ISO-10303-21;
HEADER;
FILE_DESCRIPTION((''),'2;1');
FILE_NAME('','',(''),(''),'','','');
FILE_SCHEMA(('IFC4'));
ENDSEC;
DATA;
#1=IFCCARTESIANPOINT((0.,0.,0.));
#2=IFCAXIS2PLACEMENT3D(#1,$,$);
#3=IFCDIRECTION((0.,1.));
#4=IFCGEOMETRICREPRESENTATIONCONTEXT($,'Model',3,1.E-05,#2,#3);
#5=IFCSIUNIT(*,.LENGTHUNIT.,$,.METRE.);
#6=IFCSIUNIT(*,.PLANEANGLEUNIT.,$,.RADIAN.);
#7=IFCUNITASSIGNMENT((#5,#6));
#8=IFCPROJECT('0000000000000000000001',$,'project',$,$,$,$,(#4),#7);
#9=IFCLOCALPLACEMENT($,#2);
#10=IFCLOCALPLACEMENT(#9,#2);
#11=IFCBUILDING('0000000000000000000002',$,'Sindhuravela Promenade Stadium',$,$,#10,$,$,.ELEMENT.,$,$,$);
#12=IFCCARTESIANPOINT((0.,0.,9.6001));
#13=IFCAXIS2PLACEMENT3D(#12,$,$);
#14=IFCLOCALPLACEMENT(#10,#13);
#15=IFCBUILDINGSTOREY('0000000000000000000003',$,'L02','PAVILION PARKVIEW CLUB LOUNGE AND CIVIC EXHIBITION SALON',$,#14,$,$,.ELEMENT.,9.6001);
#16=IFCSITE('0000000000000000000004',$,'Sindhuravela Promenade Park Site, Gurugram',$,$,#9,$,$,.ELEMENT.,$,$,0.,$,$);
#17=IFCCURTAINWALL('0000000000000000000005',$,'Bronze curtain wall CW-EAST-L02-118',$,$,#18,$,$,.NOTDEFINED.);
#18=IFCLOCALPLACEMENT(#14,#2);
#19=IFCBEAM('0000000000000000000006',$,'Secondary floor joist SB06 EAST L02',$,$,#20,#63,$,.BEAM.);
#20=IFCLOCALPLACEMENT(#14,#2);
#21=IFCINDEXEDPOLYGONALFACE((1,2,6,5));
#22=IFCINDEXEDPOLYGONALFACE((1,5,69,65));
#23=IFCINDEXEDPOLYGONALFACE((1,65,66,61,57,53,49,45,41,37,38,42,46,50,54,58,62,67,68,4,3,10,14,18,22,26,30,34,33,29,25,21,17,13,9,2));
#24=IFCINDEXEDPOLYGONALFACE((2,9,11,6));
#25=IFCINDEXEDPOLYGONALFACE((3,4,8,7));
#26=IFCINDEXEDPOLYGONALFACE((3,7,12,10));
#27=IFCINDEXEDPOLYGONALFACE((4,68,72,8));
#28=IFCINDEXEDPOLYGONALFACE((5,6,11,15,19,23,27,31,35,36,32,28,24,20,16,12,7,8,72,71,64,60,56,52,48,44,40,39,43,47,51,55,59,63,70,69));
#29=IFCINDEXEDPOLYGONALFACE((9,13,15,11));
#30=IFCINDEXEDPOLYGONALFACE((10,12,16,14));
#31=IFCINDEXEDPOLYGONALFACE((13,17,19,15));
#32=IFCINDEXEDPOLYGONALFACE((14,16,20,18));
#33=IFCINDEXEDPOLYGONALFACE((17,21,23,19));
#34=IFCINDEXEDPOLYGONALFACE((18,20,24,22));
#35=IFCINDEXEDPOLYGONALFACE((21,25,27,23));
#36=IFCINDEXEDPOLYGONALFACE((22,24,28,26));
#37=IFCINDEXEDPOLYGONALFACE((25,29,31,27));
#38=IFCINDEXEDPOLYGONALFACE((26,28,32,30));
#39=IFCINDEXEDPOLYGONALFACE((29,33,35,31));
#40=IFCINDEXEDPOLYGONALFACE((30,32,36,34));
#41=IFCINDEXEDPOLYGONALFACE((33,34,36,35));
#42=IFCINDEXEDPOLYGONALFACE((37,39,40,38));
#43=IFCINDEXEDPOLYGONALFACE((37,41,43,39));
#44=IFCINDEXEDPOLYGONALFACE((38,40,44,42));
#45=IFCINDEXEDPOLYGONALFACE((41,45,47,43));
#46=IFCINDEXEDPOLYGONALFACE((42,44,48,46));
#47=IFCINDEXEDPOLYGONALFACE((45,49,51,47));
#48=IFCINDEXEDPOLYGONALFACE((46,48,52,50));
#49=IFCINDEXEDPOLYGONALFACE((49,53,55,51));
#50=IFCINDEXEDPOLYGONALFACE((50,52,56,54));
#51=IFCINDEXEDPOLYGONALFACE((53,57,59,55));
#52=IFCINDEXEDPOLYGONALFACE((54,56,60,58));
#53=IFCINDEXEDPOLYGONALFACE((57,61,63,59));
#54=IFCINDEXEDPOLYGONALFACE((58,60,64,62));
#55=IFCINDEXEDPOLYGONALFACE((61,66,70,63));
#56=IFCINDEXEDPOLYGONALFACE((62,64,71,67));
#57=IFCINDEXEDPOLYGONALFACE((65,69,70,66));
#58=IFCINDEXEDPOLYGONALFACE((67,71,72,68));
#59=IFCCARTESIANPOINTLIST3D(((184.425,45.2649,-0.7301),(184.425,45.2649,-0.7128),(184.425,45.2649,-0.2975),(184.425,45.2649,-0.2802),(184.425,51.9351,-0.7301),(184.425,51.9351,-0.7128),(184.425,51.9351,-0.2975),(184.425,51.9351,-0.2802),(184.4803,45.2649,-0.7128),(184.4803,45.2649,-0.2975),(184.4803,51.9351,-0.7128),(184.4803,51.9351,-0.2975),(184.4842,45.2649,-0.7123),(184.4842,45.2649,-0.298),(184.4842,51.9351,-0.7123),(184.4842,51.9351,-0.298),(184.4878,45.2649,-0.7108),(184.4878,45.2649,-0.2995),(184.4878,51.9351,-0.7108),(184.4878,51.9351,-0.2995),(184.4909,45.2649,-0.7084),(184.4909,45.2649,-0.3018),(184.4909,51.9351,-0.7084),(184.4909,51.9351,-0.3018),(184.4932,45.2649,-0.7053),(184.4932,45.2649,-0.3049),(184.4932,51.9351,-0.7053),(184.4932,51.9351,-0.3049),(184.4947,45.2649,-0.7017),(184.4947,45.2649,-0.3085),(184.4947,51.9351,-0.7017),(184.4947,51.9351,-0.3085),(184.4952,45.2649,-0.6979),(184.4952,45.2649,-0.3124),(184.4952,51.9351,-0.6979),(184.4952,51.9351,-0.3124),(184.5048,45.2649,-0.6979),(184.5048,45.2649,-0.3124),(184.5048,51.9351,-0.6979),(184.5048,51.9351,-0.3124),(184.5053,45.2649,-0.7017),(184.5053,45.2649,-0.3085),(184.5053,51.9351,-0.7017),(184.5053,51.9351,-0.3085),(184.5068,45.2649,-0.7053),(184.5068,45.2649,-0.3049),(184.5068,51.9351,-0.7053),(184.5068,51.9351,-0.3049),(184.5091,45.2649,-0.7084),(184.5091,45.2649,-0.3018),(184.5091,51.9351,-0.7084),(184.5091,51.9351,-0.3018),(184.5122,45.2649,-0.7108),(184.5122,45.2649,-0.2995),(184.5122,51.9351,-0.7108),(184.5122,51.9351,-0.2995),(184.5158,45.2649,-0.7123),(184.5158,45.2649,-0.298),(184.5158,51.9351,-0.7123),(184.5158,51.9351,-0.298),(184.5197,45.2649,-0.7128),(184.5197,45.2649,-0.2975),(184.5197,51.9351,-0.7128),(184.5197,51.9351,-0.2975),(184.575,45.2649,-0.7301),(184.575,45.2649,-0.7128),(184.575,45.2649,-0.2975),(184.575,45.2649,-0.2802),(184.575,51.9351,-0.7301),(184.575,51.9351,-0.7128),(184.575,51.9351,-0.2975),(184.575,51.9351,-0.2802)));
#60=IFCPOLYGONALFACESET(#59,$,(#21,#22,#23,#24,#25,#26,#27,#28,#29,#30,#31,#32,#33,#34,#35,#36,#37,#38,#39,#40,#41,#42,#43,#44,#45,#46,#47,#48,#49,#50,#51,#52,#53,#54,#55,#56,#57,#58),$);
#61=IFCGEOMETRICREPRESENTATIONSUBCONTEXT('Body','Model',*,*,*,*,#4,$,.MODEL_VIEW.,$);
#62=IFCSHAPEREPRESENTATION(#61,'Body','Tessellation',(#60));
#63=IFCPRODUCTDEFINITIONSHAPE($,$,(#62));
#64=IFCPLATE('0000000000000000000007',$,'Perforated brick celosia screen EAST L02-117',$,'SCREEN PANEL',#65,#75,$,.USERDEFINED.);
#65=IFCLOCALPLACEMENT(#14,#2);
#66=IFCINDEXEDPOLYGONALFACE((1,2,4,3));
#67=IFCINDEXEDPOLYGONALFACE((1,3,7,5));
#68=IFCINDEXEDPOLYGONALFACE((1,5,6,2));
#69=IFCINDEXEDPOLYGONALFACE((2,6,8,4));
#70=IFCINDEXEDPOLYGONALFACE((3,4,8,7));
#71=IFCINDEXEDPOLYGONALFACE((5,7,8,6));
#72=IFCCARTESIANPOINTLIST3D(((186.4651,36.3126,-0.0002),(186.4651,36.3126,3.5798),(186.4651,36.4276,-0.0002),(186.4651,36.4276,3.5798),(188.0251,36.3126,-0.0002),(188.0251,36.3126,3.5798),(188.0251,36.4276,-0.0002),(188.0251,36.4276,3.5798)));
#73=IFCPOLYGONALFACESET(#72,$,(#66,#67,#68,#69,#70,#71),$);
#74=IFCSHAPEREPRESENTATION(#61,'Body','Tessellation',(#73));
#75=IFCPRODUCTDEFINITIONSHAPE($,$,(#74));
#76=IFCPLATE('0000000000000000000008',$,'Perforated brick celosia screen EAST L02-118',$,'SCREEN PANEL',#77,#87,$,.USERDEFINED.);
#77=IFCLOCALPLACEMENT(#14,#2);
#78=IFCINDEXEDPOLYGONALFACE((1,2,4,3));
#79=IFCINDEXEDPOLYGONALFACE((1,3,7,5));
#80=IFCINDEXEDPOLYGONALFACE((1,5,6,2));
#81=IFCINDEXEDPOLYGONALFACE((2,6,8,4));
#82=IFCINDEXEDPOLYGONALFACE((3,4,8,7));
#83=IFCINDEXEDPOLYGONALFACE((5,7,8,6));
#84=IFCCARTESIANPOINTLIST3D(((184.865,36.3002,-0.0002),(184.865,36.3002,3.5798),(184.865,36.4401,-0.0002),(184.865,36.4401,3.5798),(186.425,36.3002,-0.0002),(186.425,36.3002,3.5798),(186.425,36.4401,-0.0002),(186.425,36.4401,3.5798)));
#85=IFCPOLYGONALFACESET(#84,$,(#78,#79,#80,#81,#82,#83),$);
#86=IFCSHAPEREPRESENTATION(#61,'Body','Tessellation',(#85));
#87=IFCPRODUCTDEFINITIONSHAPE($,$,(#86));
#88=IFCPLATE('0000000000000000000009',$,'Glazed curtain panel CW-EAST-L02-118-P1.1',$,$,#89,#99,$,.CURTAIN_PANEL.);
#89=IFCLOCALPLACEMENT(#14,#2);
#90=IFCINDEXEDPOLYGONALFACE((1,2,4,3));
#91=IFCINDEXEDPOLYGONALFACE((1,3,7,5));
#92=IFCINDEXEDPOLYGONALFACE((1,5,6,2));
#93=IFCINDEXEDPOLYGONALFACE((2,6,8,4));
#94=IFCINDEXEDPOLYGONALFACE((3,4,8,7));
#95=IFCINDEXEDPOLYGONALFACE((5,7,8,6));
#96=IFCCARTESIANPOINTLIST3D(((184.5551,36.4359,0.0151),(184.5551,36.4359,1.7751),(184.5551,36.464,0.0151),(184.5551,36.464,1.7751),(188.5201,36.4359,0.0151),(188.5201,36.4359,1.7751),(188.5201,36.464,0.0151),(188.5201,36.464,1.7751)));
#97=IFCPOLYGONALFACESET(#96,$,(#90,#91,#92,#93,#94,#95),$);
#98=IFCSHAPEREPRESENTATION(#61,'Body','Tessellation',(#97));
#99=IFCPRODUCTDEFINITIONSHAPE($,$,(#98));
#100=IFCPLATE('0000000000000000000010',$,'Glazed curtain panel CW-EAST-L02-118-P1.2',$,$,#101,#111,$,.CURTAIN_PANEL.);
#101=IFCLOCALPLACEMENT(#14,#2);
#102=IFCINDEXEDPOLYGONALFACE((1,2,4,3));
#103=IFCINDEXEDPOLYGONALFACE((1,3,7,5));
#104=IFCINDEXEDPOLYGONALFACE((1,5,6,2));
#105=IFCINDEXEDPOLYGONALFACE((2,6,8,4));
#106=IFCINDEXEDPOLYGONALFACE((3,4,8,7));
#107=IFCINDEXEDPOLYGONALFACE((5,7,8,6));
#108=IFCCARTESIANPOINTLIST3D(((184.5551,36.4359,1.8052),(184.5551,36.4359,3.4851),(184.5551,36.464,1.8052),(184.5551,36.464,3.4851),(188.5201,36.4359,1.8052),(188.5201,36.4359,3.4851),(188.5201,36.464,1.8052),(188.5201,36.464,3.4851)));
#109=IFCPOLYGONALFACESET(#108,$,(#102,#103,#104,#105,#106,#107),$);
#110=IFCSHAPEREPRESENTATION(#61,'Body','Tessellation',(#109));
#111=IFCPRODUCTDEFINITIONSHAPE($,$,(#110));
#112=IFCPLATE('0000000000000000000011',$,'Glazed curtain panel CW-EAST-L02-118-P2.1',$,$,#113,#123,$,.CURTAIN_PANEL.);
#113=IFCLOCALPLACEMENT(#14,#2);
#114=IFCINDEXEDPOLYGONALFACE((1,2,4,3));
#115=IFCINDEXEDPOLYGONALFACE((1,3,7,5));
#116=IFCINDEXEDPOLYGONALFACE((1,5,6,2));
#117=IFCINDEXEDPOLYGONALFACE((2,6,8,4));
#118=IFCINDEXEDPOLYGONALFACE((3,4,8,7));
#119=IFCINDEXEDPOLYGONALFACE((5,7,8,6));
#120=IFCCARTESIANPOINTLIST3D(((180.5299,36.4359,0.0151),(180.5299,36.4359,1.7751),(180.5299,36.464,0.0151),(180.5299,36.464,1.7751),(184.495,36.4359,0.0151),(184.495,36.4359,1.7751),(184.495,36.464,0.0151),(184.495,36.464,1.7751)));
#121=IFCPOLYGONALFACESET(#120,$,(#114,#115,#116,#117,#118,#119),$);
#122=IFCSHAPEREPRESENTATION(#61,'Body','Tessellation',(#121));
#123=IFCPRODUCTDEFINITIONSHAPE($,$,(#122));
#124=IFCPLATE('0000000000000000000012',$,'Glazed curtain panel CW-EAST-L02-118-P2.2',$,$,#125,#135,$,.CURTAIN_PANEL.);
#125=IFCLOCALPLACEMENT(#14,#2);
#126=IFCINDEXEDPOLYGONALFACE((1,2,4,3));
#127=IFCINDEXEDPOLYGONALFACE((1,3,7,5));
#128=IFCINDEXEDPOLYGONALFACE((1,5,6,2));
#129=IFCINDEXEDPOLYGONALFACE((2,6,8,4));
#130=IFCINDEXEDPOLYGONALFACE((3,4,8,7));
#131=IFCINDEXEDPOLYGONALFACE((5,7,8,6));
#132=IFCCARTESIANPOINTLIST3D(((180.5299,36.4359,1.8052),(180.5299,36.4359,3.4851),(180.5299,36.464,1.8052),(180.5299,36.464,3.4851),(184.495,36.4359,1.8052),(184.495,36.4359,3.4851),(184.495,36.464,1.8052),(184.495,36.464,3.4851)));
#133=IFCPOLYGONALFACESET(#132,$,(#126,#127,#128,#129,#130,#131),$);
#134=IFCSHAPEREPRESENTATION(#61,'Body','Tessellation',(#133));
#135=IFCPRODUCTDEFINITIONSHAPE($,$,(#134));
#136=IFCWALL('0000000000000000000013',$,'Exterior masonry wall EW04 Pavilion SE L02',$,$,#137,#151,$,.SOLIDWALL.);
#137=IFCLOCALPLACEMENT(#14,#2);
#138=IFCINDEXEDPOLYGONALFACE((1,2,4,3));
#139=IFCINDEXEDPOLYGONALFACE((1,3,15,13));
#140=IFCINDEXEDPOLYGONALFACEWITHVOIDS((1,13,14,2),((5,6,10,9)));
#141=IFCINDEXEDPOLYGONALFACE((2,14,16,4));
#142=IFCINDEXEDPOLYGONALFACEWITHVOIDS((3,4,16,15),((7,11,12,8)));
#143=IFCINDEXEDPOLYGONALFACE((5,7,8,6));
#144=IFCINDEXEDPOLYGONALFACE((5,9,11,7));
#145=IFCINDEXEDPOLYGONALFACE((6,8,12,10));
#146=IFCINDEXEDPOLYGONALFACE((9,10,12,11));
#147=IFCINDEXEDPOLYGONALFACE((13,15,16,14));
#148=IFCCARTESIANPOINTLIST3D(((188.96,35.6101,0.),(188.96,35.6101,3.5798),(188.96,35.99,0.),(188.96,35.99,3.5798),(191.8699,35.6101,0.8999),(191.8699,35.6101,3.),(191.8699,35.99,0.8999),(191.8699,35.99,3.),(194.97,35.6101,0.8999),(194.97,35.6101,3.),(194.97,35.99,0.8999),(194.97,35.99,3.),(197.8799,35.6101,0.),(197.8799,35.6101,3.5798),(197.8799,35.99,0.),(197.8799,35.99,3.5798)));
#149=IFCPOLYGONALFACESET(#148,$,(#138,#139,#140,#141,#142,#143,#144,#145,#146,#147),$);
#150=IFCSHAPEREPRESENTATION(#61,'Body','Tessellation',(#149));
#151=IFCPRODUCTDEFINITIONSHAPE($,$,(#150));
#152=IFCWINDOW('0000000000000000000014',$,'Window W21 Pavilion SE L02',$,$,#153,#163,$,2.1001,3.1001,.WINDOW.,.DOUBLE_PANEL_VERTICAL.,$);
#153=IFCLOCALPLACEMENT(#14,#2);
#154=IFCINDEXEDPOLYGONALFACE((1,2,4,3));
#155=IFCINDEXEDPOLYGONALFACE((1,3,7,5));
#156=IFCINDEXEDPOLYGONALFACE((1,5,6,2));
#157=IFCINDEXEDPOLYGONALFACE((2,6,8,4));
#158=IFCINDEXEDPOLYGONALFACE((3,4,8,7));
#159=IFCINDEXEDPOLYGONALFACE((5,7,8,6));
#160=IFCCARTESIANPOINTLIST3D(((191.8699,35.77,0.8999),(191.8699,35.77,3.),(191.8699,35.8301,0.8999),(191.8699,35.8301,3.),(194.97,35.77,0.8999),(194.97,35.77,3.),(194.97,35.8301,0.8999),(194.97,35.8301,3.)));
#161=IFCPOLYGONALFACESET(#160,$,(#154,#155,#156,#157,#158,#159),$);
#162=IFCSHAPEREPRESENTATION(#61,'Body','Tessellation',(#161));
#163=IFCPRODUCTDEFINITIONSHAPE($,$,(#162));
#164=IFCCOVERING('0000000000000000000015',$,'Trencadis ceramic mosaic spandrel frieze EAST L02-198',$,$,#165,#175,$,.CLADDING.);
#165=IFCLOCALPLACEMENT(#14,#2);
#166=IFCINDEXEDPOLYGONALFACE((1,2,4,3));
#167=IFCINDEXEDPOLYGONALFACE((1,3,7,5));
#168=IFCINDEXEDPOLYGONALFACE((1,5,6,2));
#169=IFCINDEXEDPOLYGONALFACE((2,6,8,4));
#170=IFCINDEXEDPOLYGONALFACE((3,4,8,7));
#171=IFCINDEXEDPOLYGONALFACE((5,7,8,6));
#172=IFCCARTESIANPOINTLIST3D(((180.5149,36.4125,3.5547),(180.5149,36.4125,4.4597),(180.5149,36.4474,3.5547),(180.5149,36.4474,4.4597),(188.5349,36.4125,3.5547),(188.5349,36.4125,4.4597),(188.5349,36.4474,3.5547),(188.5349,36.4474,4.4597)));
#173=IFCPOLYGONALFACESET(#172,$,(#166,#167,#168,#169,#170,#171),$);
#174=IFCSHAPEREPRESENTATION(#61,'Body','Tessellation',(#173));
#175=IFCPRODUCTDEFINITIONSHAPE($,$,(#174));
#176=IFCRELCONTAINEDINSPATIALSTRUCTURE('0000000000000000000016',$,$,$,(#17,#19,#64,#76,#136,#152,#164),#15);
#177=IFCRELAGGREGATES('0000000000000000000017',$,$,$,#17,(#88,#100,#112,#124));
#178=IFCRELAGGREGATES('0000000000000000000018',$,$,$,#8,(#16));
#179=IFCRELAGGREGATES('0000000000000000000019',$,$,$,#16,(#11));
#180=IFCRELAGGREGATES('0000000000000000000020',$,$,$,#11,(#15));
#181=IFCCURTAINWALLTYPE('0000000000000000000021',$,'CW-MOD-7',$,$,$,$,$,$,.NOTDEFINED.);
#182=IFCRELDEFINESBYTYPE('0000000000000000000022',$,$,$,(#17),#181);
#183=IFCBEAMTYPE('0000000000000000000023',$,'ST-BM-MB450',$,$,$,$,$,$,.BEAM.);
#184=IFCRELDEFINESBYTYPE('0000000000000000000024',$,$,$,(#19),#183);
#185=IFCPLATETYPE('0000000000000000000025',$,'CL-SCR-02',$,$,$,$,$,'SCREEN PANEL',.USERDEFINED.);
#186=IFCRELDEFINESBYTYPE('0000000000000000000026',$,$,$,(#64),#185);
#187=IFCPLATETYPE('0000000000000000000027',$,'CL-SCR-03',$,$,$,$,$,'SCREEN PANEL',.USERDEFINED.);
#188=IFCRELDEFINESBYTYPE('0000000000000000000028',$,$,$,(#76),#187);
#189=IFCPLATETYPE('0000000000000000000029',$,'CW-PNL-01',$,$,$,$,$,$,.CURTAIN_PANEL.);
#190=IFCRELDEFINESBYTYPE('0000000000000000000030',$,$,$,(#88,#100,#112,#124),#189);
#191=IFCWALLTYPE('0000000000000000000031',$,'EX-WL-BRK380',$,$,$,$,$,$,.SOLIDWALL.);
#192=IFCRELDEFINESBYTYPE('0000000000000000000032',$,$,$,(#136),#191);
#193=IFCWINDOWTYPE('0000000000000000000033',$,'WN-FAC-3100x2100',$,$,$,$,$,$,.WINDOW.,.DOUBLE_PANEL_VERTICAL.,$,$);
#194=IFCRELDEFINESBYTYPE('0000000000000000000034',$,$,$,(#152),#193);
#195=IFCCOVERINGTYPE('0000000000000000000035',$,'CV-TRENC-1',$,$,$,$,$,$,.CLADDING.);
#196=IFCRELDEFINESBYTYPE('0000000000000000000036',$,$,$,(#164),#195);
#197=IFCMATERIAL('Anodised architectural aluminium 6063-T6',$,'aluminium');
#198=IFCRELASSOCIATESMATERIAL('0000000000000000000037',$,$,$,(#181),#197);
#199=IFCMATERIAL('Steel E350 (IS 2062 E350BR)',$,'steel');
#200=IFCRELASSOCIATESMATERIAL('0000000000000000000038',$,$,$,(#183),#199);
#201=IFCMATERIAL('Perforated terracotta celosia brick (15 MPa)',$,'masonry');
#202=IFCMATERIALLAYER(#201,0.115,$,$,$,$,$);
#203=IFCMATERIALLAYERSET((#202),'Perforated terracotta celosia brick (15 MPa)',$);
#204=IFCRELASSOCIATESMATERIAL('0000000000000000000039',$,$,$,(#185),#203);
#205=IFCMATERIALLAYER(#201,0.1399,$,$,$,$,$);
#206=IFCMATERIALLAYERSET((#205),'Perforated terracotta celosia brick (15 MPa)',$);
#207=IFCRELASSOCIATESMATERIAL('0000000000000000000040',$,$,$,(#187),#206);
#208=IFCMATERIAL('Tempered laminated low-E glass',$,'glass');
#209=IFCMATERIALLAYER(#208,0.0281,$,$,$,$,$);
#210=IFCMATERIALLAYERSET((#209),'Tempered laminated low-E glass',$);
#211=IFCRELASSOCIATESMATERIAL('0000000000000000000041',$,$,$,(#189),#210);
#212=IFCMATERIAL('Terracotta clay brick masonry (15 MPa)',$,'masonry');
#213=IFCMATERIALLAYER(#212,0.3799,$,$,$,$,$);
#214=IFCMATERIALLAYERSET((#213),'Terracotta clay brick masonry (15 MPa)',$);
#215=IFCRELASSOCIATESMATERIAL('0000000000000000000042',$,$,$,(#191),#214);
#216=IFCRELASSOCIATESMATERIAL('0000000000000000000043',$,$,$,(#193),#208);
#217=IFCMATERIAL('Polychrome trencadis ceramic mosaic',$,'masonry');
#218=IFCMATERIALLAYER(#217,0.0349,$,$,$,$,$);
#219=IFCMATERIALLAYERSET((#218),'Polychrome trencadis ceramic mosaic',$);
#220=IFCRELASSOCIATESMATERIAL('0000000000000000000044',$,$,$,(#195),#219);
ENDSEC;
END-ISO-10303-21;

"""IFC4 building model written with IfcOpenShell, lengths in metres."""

from ifc_helpers import new_model, si_unit, direction, frame, frame_2d, origin, origin_2d, place, context, subcontext, project, spatial, rectangle, i_section, extrude, material, layer, layer_set, material_profile, profile_set, type_object, element, fill, aggregate, save


model = new_model("IFC4")

# Units and contexts
model_context = context("Model", 3, precision=1e-05, world=origin(), true_north=direction((0.0, 1.0)))
body_context = subcontext(model_context, "Body", "Model", "MODEL_VIEW")
ifc_project = project(units=[si_unit("LENGTHUNIT", "METRE"), si_unit("PLANEANGLEUNIT", "RADIAN")], contexts=[model_context])

# Site, building, storey
site_placement = place(None, origin())
site = spatial("IfcSite", under=ifc_project, at=site_placement, Name="Sindhuravela Promenade Park Site, Gurugram", CompositionType="ELEMENT", RefElevation=0.0)
building_placement = place(site_placement, origin())
building = spatial("IfcBuilding", under=site, at=building_placement, Name="Sindhuravela Promenade Stadium", CompositionType="ELEMENT")
storey_placement = place(building_placement, frame((0.0, 0.0, 9.6001)))
storey = spatial("IfcBuildingStorey", under=building, at=storey_placement, Name="L02", Description="PAVILION PARKVIEW CLUB LOUNGE AND CIVIC EXHIBITION SALON", CompositionType="ELEMENT", Elevation=9.6001)

# Curtain wall
ifc_material_1 = material(Name="Anodised architectural aluminium 6063-T6", Category="aluminium")
curtain_wall_type = type_object("IfcCurtainWallType", Name="CW-MOD-7", PredefinedType="NOTDEFINED", material=ifc_material_1)
curtain_wall_placement = place(storey_placement, origin())
curtain_wall = element("IfcCurtainWall", 1, at=curtain_wall_placement, inside=storey, type_object=curtain_wall_type, Name="Bronze curtain wall CW-EAST-L02-118", PredefinedType="NOTDEFINED")

# Beam
ifc_material_2 = material(Name="Steel E350 (IS 2062 E350BR)", Category="steel")
ifc_material_profile_1 = material_profile(ifc_material_2, i_section(OverallWidth=0.1499, OverallDepth=0.45, WebThickness=0.0095, FlangeThickness=0.0173, FilletRadius=0.0149, at=origin_2d()), Name="ISMB 450")
ifc_profile_set_1 = profile_set([ifc_material_profile_1], Name="Steel E350 (IS 2062 E350BR)")
beam_type_1 = type_object("IfcBeamType", Name="ST-BM-MB450", PredefinedType="BEAM", material=ifc_profile_set_1)
beam_1_placement = place(storey_placement, frame((184.5, 45.2649, -0.5051), z_axis=(0.0, 1.0, 0.0), x_axis=(-1.0, 0.0, 0.0)))
element("IfcBeam", 2, at=beam_1_placement, inside=storey, type_object=beam_type_1, Name="Secondary floor joist SB06 EAST L02", PredefinedType="BEAM", context=body_context, shape_type="SweptSolid", body=[
    extrude(i_section(OverallWidth=0.1499, OverallDepth=0.45, WebThickness=0.0095, FlangeThickness=0.0173, FilletRadius=0.0149, at=origin_2d()), origin(), (0.0, 0.0, 1.0), 6.6702),
])

# Plates
ifc_material_3 = material(Name="Perforated terracotta celosia brick (15 MPa)", Category="masonry")
ifc_layer_1 = layer(ifc_material_3, 0.115)
ifc_layer_set_1 = layer_set([ifc_layer_1], Name="Perforated terracotta celosia brick (15 MPa)")
plate_type_1 = type_object("IfcPlateType", Name="CL-SCR-02", ElementType="SCREEN PANEL", PredefinedType="USERDEFINED", material=ifc_layer_set_1)
plate_1_placement = place(storey_placement, frame((187.2451, 36.3701, -0.0002), z_axis=(0.0, 0.0, 1.0), x_axis=(-1.0, 0.0, 0.0)))
element("IfcPlate", 3, at=plate_1_placement, inside=storey, type_object=plate_type_1, Name="Perforated brick celosia screen EAST L02-117", ObjectType="SCREEN PANEL", PredefinedType="USERDEFINED", context=body_context, shape_type="SweptSolid", body=[
    extrude(rectangle(XDim=1.5601, YDim=0.115, at=origin_2d()), origin(), (0.0, 0.0, 1.0), 3.5801),
])
ifc_layer_2 = layer(ifc_material_3, 0.1399)
ifc_layer_set_2 = layer_set([ifc_layer_2], Name="Perforated terracotta celosia brick (15 MPa)")
plate_type_2 = type_object("IfcPlateType", Name="CL-SCR-03", ElementType="SCREEN PANEL", PredefinedType="USERDEFINED", material=ifc_layer_set_2)
plate_2_placement = place(storey_placement, frame((185.645, 36.3701, -0.0002), z_axis=(0.0, 0.0, 1.0), x_axis=(-1.0, 0.0, 0.0)))
element("IfcPlate", 4, at=plate_2_placement, inside=storey, type_object=plate_type_2, Name="Perforated brick celosia screen EAST L02-118", ObjectType="SCREEN PANEL", PredefinedType="USERDEFINED", context=body_context, shape_type="SweptSolid", body=[
    extrude(rectangle(XDim=1.5601, YDim=0.1399, at=origin_2d()), origin(), (0.0, 0.0, 1.0), 3.5801),
])

# Plates
ifc_material_4 = material(Name="Tempered laminated low-E glass", Category="glass")
ifc_layer_3 = layer(ifc_material_4, 0.0281)
ifc_layer_set_3 = layer_set([ifc_layer_3], Name="Tempered laminated low-E glass")
plate_type_3 = type_object("IfcPlateType", Name="CW-PNL-01", PredefinedType="CURTAIN_PANEL", material=ifc_layer_set_3)
plate_3_placement = place(storey_placement, frame((186.5376, 36.45, 0.0151), z_axis=(0.0, 0.0, 1.0), x_axis=(-1.0, 0.0, 0.0)))
plate_3 = element("IfcPlate", 5, at=plate_3_placement, type_object=plate_type_3, Name="Glazed curtain panel CW-EAST-L02-118-P1.1", PredefinedType="CURTAIN_PANEL", context=body_context, shape_type="SweptSolid", body=[
    extrude(rectangle(XDim=3.9651, YDim=0.0281, at=origin_2d()), origin(), (0.0, 0.0, 1.0), 1.76),
])
plate_4_placement = place(storey_placement, frame((186.5376, 36.45, 1.8052), z_axis=(0.0, 0.0, 1.0), x_axis=(-1.0, 0.0, 0.0)))
plate_4 = element("IfcPlate", 6, at=plate_4_placement, type_object=plate_type_3, Name="Glazed curtain panel CW-EAST-L02-118-P1.2", PredefinedType="CURTAIN_PANEL", context=body_context, shape_type="SweptSolid", body=[
    extrude(rectangle(XDim=3.9651, YDim=0.0281, at=origin_2d()), origin(), (0.0, 0.0, 1.0), 1.6799),
])
plate_5_placement = place(storey_placement, frame((182.5125, 36.45, 0.0151), z_axis=(0.0, 0.0, 1.0), x_axis=(-1.0, 0.0, 0.0)))
plate_5 = element("IfcPlate", 7, at=plate_5_placement, type_object=plate_type_3, Name="Glazed curtain panel CW-EAST-L02-118-P2.1", PredefinedType="CURTAIN_PANEL", context=body_context, shape_type="SweptSolid", body=[
    extrude(rectangle(XDim=3.9651, YDim=0.0281, at=origin_2d()), origin(), (0.0, 0.0, 1.0), 1.76),
])
plate_6_placement = place(storey_placement, frame((182.5125, 36.45, 1.8052), z_axis=(0.0, 0.0, 1.0), x_axis=(-1.0, 0.0, 0.0)))
plate_6 = element("IfcPlate", 8, at=plate_6_placement, type_object=plate_type_3, Name="Glazed curtain panel CW-EAST-L02-118-P2.2", PredefinedType="CURTAIN_PANEL", context=body_context, shape_type="SweptSolid", body=[
    extrude(rectangle(XDim=3.9651, YDim=0.0281, at=origin_2d()), origin(), (0.0, 0.0, 1.0), 1.6799),
])
aggregate(curtain_wall, [plate_3, plate_4, plate_5, plate_6])

# Wall, opening, window
ifc_material_5 = material(Name="Terracotta clay brick masonry (15 MPa)", Category="masonry")
ifc_layer_4 = layer(ifc_material_5, 0.3799)
ifc_layer_set_4 = layer_set([ifc_layer_4], Name="Terracotta clay brick masonry (15 MPa)")
wall_type = type_object("IfcWallType", Name="EX-WL-BRK380", PredefinedType="SOLIDWALL", material=ifc_layer_set_4)
wall_placement = place(storey_placement, frame((188.96, 35.8, 0.0), z_axis=(0.0, 0.0, 1.0), x_axis=(1.0, 0.0, 0.0)))
wall = element("IfcWall", 9, at=wall_placement, inside=storey, type_object=wall_type, Name="Exterior masonry wall EW04 Pavilion SE L02", PredefinedType="SOLIDWALL", context=body_context, shape_type="SweptSolid", body=[
    extrude(rectangle(XDim=8.9199, YDim=0.3799, at=frame_2d((4.46, 0.0))), origin(), (0.0, 0.0, 1.0), 3.5798),
])
opening_placement = place(wall_placement, frame((2.9099, 0.0, 0.8999)))
opening = element("IfcOpeningElement", 10, at=opening_placement, cuts=wall, PredefinedType="OPENING", context=body_context, shape_type="SweptSolid", body=[
    extrude(rectangle(XDim=3.1001, YDim=2.1001, at=frame_2d((1.55, 1.05))), frame((0.0, 0.2, 0.0), z_axis=(0.0, -1.0, 0.0), x_axis=(1.0, 0.0, 0.0)), (0.0, 0.0, 1.0), 0.3999),
])
window_type = type_object("IfcWindowType", Name="WN-FAC-3100x2100", PartitioningType="DOUBLE_PANEL_VERTICAL", PredefinedType="WINDOW", material=ifc_material_4)
window_placement = place(opening_placement, origin())
window = element("IfcWindow", 11, at=window_placement, inside=storey, type_object=window_type, Name="Window W21 Pavilion SE L02", OverallHeight=2.1001, OverallWidth=3.1001, PartitioningType="DOUBLE_PANEL_VERTICAL", PredefinedType="WINDOW", context=body_context, shape_type="SweptSolid", body=[
    extrude(rectangle(XDim=3.1001, YDim=2.1001, at=frame_2d((1.55, 1.05))), frame((0.0, 0.03, 0.0), z_axis=(0.0, -1.0, 0.0), x_axis=(1.0, 0.0, 0.0)), (0.0, 0.0, 1.0), 0.0601),
])
fill(opening, window)

# Covering
ifc_material_6 = material(Name="Polychrome trencadis ceramic mosaic", Category="masonry")
ifc_layer_5 = layer(ifc_material_6, 0.0349)
ifc_layer_set_5 = layer_set([ifc_layer_5], Name="Polychrome trencadis ceramic mosaic")
covering_type = type_object("IfcCoveringType", Name="CV-TRENC-1", PredefinedType="CLADDING", material=ifc_layer_set_5)
covering_placement = place(storey_placement, frame((184.5249, 36.4299, 3.5547), z_axis=(0.0, 0.0, 1.0), x_axis=(-1.0, 0.0, 0.0)))
element("IfcCovering", 12, at=covering_placement, inside=storey, type_object=covering_type, Name="Trencadis ceramic mosaic spandrel frieze EAST L02-198", PredefinedType="CLADDING", context=body_context, shape_type="SweptSolid", body=[
    extrude(rectangle(XDim=8.02, YDim=0.0349, at=origin_2d()), origin(), (0.0, 0.0, 1.0), 0.905),
])

save(model, "model.ifc")
